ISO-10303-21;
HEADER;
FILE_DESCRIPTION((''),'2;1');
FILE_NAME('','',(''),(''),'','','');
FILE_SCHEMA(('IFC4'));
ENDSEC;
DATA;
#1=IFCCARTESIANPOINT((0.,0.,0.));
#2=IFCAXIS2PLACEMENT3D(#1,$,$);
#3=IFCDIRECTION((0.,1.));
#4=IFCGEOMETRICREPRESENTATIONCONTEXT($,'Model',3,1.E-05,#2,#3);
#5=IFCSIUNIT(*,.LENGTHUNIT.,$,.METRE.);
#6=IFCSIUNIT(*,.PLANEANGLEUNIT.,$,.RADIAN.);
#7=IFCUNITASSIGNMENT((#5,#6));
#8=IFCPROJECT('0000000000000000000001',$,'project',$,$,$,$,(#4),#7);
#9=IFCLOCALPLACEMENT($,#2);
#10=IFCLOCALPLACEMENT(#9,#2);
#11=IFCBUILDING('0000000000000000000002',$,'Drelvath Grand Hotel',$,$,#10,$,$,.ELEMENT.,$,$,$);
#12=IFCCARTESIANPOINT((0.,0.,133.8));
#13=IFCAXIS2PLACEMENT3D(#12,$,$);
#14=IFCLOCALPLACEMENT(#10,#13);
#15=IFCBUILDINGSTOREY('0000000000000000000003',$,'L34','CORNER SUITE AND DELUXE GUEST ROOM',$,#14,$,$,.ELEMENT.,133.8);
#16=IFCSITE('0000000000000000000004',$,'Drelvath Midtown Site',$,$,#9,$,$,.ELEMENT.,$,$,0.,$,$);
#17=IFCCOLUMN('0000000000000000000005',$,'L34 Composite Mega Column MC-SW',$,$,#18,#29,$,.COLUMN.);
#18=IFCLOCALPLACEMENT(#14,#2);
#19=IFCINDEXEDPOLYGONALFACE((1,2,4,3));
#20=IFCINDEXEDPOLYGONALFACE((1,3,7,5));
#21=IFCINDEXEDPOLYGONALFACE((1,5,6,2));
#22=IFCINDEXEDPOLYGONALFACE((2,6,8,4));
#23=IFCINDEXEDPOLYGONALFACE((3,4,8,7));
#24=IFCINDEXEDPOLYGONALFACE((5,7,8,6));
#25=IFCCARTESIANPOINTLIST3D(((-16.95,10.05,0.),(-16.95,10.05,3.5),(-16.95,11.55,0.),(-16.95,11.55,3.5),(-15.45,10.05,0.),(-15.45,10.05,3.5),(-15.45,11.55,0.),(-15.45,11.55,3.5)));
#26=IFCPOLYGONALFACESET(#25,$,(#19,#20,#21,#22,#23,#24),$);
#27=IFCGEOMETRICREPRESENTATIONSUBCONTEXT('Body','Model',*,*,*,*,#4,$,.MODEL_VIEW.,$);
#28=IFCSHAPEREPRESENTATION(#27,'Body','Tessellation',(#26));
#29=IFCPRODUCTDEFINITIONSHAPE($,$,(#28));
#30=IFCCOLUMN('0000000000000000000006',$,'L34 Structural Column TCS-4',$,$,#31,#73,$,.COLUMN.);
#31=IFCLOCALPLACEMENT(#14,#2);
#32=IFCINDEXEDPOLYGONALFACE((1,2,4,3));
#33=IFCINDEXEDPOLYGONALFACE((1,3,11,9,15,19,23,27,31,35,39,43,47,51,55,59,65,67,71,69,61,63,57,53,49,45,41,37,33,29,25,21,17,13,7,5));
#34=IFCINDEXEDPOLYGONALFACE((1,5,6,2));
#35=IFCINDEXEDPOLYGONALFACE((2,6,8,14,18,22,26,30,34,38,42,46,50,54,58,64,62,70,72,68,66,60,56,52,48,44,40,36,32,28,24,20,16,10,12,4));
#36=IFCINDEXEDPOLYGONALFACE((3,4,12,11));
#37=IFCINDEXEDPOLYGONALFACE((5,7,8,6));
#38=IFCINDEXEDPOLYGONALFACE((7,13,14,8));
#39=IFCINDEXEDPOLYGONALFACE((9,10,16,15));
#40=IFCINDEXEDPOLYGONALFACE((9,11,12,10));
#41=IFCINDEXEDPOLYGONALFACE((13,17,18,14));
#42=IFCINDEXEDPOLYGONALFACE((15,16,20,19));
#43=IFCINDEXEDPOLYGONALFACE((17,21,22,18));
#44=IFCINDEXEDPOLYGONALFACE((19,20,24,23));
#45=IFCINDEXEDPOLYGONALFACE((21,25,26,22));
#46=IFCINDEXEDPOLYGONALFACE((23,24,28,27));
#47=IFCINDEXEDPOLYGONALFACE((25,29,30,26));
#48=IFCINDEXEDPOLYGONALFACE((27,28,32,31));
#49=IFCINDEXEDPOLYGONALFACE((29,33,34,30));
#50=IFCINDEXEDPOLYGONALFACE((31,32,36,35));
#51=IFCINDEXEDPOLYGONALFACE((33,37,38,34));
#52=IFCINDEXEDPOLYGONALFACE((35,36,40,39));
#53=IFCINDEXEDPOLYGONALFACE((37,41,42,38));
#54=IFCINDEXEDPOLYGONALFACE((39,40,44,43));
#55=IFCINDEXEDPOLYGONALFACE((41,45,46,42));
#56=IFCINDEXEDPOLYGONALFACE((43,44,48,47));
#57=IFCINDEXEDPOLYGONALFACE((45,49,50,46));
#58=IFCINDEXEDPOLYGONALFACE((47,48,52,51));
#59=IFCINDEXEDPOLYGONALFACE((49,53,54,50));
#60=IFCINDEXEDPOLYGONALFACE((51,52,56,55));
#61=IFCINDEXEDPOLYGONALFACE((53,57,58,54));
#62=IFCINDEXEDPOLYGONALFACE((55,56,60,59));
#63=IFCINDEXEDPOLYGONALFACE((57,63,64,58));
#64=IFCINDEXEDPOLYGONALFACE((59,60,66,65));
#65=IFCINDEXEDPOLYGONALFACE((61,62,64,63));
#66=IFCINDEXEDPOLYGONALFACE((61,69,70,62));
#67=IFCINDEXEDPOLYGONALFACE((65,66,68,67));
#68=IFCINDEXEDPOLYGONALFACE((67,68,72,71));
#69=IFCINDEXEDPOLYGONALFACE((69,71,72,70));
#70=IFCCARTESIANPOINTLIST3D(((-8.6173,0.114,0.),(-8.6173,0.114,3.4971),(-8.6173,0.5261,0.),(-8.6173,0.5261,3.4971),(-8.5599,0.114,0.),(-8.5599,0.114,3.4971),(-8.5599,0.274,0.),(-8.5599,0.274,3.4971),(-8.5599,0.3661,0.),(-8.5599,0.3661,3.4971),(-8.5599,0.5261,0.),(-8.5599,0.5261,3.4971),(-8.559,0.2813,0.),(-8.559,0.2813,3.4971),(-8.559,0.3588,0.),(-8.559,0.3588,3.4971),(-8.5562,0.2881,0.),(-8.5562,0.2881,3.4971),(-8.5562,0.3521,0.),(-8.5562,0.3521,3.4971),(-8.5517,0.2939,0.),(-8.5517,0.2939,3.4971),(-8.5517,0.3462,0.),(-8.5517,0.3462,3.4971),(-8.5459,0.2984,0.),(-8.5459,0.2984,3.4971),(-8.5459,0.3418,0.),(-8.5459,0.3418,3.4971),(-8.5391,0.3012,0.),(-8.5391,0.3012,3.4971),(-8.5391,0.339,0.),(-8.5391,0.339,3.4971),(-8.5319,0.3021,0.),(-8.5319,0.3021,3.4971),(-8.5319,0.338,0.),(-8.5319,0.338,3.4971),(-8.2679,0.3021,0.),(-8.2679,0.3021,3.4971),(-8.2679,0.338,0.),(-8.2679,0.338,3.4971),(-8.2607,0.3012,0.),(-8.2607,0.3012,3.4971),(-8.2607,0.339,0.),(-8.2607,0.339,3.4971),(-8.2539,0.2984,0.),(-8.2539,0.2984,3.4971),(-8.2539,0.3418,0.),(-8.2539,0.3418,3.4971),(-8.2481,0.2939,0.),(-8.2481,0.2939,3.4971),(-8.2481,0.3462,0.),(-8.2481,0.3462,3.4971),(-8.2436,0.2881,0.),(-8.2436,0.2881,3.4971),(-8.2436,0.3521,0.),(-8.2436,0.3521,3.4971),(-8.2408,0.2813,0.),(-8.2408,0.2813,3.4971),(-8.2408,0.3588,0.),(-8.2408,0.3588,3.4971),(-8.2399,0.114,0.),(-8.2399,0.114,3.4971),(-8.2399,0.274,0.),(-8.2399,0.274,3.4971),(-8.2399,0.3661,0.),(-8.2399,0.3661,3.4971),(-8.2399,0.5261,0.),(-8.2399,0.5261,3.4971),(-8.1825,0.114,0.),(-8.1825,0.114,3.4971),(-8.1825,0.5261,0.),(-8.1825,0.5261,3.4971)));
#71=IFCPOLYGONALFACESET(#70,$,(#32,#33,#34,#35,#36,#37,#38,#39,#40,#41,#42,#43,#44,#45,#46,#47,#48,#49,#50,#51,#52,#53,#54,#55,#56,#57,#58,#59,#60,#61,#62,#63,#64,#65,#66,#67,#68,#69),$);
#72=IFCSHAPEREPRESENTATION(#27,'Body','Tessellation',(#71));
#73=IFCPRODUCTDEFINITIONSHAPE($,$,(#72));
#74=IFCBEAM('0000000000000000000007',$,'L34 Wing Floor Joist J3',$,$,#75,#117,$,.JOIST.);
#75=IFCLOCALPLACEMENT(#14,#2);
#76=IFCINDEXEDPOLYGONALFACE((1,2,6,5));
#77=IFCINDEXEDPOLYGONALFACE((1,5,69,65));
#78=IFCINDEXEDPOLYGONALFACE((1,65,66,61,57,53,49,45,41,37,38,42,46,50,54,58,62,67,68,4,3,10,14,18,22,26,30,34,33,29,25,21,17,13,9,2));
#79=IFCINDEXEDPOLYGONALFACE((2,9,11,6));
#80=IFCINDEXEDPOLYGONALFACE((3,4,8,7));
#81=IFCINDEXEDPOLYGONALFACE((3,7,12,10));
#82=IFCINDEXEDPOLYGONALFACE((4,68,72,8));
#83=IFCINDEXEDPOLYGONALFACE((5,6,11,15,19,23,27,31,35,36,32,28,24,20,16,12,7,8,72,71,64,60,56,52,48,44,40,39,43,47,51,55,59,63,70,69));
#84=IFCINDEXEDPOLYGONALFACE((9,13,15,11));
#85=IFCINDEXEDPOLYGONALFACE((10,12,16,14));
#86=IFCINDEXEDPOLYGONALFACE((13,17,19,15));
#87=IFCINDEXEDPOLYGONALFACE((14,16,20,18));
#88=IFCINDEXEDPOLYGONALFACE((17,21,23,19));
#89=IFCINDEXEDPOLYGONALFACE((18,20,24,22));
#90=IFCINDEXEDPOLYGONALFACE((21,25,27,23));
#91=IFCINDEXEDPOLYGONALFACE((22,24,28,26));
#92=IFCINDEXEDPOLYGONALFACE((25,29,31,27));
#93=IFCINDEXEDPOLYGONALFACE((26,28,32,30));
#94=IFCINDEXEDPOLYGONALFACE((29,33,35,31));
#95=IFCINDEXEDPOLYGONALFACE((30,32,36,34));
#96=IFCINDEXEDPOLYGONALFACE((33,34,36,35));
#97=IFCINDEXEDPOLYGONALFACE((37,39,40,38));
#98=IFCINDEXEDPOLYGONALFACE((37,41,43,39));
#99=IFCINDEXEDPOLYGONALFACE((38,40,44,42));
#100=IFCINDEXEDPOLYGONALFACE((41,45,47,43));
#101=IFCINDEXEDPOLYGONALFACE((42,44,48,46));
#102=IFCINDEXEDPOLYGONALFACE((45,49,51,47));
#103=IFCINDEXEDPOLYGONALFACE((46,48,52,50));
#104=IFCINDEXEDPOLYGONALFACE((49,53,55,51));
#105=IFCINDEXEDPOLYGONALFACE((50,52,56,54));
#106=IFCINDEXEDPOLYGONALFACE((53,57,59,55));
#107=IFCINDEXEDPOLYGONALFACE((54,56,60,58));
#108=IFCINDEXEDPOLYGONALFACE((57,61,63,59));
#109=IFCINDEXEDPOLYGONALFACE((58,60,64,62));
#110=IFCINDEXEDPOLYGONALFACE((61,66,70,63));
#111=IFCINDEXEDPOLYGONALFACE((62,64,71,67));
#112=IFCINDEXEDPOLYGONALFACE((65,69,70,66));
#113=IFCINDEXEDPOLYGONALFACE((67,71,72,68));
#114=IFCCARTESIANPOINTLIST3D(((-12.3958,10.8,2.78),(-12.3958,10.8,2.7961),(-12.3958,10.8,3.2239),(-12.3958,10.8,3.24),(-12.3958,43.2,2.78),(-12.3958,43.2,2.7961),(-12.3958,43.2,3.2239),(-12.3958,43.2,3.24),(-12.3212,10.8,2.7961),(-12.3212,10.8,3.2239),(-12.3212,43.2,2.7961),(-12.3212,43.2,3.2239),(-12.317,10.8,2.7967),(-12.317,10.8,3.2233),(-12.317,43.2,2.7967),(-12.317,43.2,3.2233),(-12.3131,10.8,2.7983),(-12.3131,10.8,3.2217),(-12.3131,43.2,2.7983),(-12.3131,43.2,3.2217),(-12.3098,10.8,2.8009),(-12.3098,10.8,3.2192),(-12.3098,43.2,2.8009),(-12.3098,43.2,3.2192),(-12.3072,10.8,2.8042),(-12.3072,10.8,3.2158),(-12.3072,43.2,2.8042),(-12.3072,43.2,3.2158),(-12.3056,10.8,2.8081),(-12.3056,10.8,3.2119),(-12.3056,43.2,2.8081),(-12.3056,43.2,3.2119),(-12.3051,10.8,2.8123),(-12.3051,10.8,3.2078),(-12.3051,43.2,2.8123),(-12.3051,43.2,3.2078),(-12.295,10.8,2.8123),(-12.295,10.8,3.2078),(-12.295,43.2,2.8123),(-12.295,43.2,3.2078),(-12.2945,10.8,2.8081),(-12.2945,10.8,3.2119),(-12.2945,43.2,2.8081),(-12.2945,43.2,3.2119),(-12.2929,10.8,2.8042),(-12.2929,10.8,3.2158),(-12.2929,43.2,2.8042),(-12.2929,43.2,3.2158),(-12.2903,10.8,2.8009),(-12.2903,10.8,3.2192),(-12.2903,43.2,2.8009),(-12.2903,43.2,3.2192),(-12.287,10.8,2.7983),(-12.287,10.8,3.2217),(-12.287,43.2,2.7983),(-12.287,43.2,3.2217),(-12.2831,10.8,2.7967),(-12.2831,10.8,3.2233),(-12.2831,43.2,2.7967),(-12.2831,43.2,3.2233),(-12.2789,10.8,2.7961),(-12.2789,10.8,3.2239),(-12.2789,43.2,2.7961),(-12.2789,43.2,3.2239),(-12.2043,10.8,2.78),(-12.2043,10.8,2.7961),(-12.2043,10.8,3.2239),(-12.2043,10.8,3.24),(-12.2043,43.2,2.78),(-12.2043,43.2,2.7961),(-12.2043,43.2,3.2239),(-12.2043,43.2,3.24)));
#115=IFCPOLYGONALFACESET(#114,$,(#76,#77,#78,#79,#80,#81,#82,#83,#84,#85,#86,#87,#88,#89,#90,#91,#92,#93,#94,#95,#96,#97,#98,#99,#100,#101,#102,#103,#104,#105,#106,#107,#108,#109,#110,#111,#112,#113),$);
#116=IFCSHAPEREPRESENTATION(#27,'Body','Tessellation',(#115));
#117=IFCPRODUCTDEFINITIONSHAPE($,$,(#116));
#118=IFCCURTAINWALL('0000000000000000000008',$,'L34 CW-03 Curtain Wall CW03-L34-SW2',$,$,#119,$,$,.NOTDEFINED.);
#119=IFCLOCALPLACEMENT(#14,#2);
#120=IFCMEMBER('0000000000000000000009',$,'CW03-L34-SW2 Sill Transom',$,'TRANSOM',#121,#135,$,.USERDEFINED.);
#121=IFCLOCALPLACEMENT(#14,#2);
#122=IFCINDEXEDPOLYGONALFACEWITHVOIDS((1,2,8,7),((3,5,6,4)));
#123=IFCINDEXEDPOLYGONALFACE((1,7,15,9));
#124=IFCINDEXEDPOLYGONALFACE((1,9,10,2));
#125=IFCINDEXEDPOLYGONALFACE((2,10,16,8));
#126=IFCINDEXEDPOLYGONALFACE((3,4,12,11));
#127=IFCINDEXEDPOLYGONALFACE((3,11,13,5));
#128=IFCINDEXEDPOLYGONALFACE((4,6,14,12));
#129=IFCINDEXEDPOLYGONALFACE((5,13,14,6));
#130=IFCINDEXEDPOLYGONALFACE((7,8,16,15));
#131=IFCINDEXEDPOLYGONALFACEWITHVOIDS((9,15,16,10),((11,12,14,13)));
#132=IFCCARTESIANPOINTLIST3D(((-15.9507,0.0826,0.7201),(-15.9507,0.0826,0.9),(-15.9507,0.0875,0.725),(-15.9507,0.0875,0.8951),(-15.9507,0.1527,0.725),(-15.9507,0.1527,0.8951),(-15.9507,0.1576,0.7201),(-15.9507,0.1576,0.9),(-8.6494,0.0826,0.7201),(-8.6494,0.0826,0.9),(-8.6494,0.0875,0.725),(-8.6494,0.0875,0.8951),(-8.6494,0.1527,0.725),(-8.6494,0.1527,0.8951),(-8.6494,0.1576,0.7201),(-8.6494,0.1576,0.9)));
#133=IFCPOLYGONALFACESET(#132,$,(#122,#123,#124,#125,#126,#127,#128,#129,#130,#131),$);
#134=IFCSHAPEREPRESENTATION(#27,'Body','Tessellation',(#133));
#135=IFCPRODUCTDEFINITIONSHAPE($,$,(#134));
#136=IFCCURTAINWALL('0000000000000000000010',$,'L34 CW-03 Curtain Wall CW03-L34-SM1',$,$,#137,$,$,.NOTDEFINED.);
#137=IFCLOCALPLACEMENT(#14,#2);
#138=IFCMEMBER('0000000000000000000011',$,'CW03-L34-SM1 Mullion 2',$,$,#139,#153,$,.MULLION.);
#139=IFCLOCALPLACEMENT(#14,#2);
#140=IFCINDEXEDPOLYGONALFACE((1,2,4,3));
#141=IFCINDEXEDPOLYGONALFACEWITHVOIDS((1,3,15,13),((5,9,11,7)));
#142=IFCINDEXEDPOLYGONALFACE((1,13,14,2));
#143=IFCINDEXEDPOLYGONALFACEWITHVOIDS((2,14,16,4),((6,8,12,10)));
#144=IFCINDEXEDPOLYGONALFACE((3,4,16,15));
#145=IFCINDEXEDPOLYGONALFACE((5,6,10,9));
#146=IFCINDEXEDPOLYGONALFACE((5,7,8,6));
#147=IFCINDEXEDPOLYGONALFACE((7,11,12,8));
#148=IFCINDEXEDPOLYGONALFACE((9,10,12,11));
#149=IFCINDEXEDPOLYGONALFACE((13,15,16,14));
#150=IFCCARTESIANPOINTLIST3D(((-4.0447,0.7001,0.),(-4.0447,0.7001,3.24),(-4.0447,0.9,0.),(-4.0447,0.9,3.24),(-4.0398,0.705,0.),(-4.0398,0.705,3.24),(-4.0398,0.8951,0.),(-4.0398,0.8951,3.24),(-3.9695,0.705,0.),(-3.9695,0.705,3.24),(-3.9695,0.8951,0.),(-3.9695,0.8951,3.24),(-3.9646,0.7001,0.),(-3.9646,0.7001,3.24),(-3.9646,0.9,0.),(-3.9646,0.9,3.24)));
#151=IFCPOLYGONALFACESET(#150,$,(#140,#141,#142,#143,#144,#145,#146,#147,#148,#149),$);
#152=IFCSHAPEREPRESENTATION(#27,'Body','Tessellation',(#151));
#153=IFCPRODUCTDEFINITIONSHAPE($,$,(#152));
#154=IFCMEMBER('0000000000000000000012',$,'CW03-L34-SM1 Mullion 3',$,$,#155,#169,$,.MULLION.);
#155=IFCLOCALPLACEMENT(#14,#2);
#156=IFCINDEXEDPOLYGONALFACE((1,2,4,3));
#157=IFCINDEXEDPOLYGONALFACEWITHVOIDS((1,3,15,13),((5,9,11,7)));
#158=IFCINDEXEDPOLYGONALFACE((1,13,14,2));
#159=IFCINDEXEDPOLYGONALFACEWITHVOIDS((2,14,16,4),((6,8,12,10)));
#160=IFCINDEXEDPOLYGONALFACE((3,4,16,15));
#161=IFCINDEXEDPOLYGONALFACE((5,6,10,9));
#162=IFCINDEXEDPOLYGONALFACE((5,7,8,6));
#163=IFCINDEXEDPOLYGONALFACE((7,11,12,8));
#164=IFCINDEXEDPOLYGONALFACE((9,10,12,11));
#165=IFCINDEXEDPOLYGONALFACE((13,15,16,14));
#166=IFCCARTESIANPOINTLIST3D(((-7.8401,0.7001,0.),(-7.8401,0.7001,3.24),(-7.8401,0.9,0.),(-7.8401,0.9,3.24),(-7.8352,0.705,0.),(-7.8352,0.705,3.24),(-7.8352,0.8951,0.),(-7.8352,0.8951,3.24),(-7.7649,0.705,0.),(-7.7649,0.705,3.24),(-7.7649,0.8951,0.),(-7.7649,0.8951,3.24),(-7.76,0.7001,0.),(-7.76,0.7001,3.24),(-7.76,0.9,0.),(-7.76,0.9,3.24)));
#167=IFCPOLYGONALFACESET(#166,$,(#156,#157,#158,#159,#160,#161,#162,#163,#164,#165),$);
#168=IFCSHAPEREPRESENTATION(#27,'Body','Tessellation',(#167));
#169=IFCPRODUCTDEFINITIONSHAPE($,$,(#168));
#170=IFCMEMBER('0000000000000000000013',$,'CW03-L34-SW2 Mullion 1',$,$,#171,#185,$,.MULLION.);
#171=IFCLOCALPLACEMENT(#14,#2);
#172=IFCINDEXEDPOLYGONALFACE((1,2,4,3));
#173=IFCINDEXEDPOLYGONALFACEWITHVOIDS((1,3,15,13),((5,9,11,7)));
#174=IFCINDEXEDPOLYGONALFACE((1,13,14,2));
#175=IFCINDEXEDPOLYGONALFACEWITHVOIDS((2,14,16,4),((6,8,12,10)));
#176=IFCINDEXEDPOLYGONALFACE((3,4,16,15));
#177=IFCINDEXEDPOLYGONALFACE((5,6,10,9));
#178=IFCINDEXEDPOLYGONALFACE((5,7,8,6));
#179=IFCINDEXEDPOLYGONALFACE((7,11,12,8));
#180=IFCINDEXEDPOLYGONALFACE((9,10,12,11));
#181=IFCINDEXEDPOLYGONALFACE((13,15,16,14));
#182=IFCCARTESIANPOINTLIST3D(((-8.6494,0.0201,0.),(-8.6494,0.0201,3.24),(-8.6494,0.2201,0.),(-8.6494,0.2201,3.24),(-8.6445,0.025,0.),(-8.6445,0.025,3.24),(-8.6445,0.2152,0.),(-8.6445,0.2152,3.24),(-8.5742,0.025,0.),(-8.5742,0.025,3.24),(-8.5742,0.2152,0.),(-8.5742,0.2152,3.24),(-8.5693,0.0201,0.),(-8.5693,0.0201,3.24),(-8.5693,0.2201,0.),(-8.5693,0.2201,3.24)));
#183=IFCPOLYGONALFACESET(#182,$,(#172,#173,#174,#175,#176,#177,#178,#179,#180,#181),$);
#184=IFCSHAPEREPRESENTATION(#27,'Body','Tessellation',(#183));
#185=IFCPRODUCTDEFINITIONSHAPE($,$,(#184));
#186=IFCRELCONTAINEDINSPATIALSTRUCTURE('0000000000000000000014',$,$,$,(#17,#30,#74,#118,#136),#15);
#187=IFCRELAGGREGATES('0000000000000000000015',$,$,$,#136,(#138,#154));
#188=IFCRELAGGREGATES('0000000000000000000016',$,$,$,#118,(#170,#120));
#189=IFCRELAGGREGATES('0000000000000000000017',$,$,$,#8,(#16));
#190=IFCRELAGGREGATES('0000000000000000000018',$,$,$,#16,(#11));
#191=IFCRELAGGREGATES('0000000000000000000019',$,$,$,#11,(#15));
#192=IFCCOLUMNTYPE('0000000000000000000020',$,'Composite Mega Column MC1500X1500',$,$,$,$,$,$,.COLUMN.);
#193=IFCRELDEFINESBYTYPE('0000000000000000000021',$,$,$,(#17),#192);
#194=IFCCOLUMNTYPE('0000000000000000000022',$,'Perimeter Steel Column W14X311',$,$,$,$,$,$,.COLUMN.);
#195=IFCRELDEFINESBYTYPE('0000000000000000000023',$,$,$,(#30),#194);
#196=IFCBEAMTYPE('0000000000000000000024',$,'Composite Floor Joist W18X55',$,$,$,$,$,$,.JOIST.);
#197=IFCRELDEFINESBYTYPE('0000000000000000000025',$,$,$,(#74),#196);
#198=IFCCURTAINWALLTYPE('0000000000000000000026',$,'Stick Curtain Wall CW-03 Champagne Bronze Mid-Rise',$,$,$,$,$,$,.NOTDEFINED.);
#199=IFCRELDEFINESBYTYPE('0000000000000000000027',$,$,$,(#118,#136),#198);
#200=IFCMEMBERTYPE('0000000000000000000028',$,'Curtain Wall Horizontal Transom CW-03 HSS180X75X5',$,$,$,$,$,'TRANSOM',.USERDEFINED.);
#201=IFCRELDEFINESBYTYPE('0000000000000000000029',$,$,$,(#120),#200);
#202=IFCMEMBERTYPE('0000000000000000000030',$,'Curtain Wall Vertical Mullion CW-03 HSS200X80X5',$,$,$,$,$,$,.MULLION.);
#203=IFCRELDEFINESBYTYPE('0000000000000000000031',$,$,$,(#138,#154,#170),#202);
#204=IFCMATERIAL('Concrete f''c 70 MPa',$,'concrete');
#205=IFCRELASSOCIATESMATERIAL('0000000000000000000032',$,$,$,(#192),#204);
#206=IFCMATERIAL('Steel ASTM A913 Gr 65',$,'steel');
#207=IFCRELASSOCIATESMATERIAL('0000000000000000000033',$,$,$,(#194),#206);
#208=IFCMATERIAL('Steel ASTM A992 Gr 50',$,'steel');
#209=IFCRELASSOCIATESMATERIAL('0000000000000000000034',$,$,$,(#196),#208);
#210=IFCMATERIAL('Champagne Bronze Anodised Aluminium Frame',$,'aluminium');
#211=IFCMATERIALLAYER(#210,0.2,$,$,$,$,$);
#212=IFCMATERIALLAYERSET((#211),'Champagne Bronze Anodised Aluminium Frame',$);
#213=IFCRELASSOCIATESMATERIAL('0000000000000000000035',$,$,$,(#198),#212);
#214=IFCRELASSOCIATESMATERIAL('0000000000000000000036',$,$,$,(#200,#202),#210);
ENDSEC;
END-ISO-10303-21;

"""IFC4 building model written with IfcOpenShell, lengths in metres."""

from ifc_helpers import new_model, si_unit, direction, frame, origin, origin_2d, place, context, subcontext, project, spatial, rectangle, hollow_rectangle, i_section, extrude, material, layer, layer_set, material_profile, profile_set, type_object, element, aggregate, save


model = new_model("IFC4")

# Units and contexts
model_context = context("Model", 3, precision=1e-05, world=origin(), true_north=direction((0.0, 1.0)))
body_context = subcontext(model_context, "Body", "Model", "MODEL_VIEW")
ifc_project = project(units=[si_unit("LENGTHUNIT", "METRE"), si_unit("PLANEANGLEUNIT", "RADIAN")], contexts=[model_context])

# Site, building, storey
site_placement = place(None, origin())
site = spatial("IfcSite", under=ifc_project, at=site_placement, Name="Drelvath Midtown Site", CompositionType="ELEMENT", RefElevation=0.0)
building_placement = place(site_placement, origin())
building = spatial("IfcBuilding", under=site, at=building_placement, Name="Drelvath Grand Hotel", CompositionType="ELEMENT")
storey_placement = place(building_placement, frame((0.0, 0.0, 133.8)))
storey = spatial("IfcBuildingStorey", under=building, at=storey_placement, Name="L34", Description="CORNER SUITE AND DELUXE GUEST ROOM", CompositionType="ELEMENT", Elevation=133.8)

# Columns
ifc_material_1 = material(Name="Concrete f'c 70 MPa", Category="concrete")
ifc_material_profile_1 = material_profile(ifc_material_1, rectangle(XDim=1.5, YDim=1.5, at=origin_2d()), Name="MC1500X1500")
ifc_profile_set_1 = profile_set([ifc_material_profile_1], Name="Concrete f'c 70 MPa")
column_type_1 = type_object("IfcColumnType", Name="Composite Mega Column MC1500X1500", PredefinedType="COLUMN", material=ifc_profile_set_1)
column_1_placement = place(storey_placement, frame((-16.2, 10.8, 0.0), z_axis=(0.0, 0.0, 1.0), x_axis=(1.0, 0.0, 0.0)))
element("IfcColumn", 1, at=column_1_placement, inside=storey, type_object=column_type_1, Name="L34 Composite Mega Column MC-SW", PredefinedType="COLUMN", context=body_context, shape_type="SweptSolid", body=[
    extrude(rectangle(XDim=1.5, YDim=1.5, at=origin_2d()), origin(), (0.0, 0.0, 1.0), 3.5),
])
ifc_material_2 = material(Name="Steel ASTM A913 Gr 65", Category="steel")
ifc_material_profile_2 = material_profile(ifc_material_2, i_section(OverallWidth=0.4121, OverallDepth=0.4348, WebThickness=0.0359, FlangeThickness=0.0574, FilletRadius=0.0281, at=origin_2d()), Name="W14X311")
ifc_profile_set_2 = profile_set([ifc_material_profile_2], Name="Steel ASTM A913 Gr 65")
column_type_2 = type_object("IfcColumnType", Name="Perimeter Steel Column W14X311", PredefinedType="COLUMN", material=ifc_profile_set_2)
column_2_placement = place(storey_placement, frame((-8.3999, 0.3201, 0.0), z_axis=(0.0, 0.0, 1.0), x_axis=(0.0, 1.0, 0.0)))
element("IfcColumn", 2, at=column_2_placement, inside=storey, type_object=column_type_2, Name="L34 Structural Column TCS-4", PredefinedType="COLUMN", context=body_context, shape_type="SweptSolid", body=[
    extrude(i_section(OverallWidth=0.4121, OverallDepth=0.4348, WebThickness=0.0359, FlangeThickness=0.0574, FilletRadius=0.0281, at=origin_2d()), origin(), (0.0, 0.0, 1.0), 3.4971),
])

# Beam
ifc_material_3 = material(Name="Steel ASTM A992 Gr 50", Category="steel")
ifc_material_profile_3 = material_profile(ifc_material_3, i_section(OverallWidth=0.1914, OverallDepth=0.46, WebThickness=0.01, FlangeThickness=0.0161, FilletRadius=0.0161, at=origin_2d()), Name="W18X55")
ifc_profile_set_3 = profile_set([ifc_material_profile_3], Name="Steel ASTM A992 Gr 50")
beam_type_1 = type_object("IfcBeamType", Name="Composite Floor Joist W18X55", PredefinedType="JOIST", material=ifc_profile_set_3)
beam_1_placement = place(storey_placement, frame((-12.3, 10.8, 3.01), z_axis=(0.0, 1.0, 0.0), x_axis=(-1.0, 0.0, 0.0)))
element("IfcBeam", 3, at=beam_1_placement, inside=storey, type_object=beam_type_1, Name="L34 Wing Floor Joist J3", PredefinedType="JOIST", context=body_context, shape_type="SweptSolid", body=[
    extrude(i_section(OverallWidth=0.1914, OverallDepth=0.46, WebThickness=0.01, FlangeThickness=0.0161, FilletRadius=0.0161, at=origin_2d()), origin(), (0.0, 0.0, 1.0), 32.3999),
])

# Curtain wall, member
ifc_material_4 = material(Name="Champagne Bronze Anodised Aluminium Frame", Category="aluminium")
ifc_layer_1 = layer(ifc_material_4, 0.2)
ifc_layer_set_1 = layer_set([ifc_layer_1], Name="Champagne Bronze Anodised Aluminium Frame")
curtain_wall_type = type_object("IfcCurtainWallType", Name="Stick Curtain Wall CW-03 Champagne Bronze Mid-Rise", PredefinedType="NOTDEFINED", material=ifc_layer_set_1)
curtain_wall_1_placement = place(storey_placement, origin())
curtain_wall_1 = element("IfcCurtainWall", 4, at=curtain_wall_1_placement, inside=storey, type_object=curtain_wall_type, Name="L34 CW-03 Curtain Wall CW03-L34-SW2", PredefinedType="NOTDEFINED")
ifc_material_profile_4 = material_profile(ifc_material_4, hollow_rectangle(XDim=0.075, YDim=0.1799, WallThickness=0.0049, at=origin_2d()), Name="HSS180X75X5")
ifc_profile_set_4 = profile_set([ifc_material_profile_4], Name="Champagne Bronze Anodised Aluminium Frame")
member_type_1 = type_object("IfcMemberType", Name="Curtain Wall Horizontal Transom CW-03 HSS180X75X5", ElementType="TRANSOM", PredefinedType="USERDEFINED", material=ifc_profile_set_4)
member_1_placement = place(storey_placement, frame((-8.6494, 0.1201, 0.8101), z_axis=(-1.0, 0.0, 0.0), x_axis=(0.0, -1.0, 0.0)))
member_1 = element("IfcMember", 5, at=member_1_placement, type_object=member_type_1, Name="CW03-L34-SW2 Sill Transom", ObjectType="TRANSOM", PredefinedType="USERDEFINED", context=body_context, shape_type="SweptSolid", body=[
    extrude(hollow_rectangle(XDim=0.075, YDim=0.1799, WallThickness=0.0049, at=origin_2d()), origin(), (0.0, 0.0, 1.0), 7.3013),
])

# Curtain wall, members
curtain_wall_2_placement = place(storey_placement, origin())
curtain_wall_2 = element("IfcCurtainWall", 6, at=curtain_wall_2_placement, inside=storey, type_object=curtain_wall_type, Name="L34 CW-03 Curtain Wall CW03-L34-SM1", PredefinedType="NOTDEFINED")
ifc_material_profile_5 = material_profile(ifc_material_4, hollow_rectangle(XDim=0.0801, YDim=0.2, WallThickness=0.0049, at=origin_2d()), Name="HSS200X80X5")
ifc_profile_set_5 = profile_set([ifc_material_profile_5], Name="Champagne Bronze Anodised Aluminium Frame")
member_type_2 = type_object("IfcMemberType", Name="Curtain Wall Vertical Mullion CW-03 HSS200X80X5", PredefinedType="MULLION", material=ifc_profile_set_5)
member_2_placement = place(storey_placement, frame((-4.0046, 0.8, 0.0), z_axis=(0.0, 0.0, 1.0), x_axis=(1.0, 0.0, 0.0)))
member_2 = element("IfcMember", 7, at=member_2_placement, type_object=member_type_2, Name="CW03-L34-SM1 Mullion 2", PredefinedType="MULLION", context=body_context, shape_type="SweptSolid", body=[
    extrude(hollow_rectangle(XDim=0.0801, YDim=0.2, WallThickness=0.0049, at=origin_2d()), origin(), (0.0, 0.0, 1.0), 3.24),
])
member_3_placement = place(storey_placement, frame((-7.8, 0.8, 0.0), z_axis=(0.0, 0.0, 1.0), x_axis=(1.0, 0.0, 0.0)))
member_3 = element("IfcMember", 8, at=member_3_placement, type_object=member_type_2, Name="CW03-L34-SM1 Mullion 3", PredefinedType="MULLION", context=body_context, shape_type="SweptSolid", body=[
    extrude(hollow_rectangle(XDim=0.0801, YDim=0.2, WallThickness=0.0049, at=origin_2d()), origin(), (0.0, 0.0, 1.0), 3.24),
])

# Member
member_4_placement = place(storey_placement, frame((-8.6094, 0.1201, 0.0), z_axis=(0.0, 0.0, 1.0), x_axis=(1.0, 0.0, 0.0)))
member_4 = element("IfcMember", 9, at=member_4_placement, type_object=member_type_2, Name="CW03-L34-SW2 Mullion 1", PredefinedType="MULLION", context=body_context, shape_type="SweptSolid", body=[
    extrude(hollow_rectangle(XDim=0.0801, YDim=0.2, WallThickness=0.0049, at=origin_2d()), origin(), (0.0, 0.0, 1.0), 3.24),
])

aggregate(curtain_wall_2, [member_2, member_3])
aggregate(curtain_wall_1, [member_4, member_1])

save(model, "model.ifc")
